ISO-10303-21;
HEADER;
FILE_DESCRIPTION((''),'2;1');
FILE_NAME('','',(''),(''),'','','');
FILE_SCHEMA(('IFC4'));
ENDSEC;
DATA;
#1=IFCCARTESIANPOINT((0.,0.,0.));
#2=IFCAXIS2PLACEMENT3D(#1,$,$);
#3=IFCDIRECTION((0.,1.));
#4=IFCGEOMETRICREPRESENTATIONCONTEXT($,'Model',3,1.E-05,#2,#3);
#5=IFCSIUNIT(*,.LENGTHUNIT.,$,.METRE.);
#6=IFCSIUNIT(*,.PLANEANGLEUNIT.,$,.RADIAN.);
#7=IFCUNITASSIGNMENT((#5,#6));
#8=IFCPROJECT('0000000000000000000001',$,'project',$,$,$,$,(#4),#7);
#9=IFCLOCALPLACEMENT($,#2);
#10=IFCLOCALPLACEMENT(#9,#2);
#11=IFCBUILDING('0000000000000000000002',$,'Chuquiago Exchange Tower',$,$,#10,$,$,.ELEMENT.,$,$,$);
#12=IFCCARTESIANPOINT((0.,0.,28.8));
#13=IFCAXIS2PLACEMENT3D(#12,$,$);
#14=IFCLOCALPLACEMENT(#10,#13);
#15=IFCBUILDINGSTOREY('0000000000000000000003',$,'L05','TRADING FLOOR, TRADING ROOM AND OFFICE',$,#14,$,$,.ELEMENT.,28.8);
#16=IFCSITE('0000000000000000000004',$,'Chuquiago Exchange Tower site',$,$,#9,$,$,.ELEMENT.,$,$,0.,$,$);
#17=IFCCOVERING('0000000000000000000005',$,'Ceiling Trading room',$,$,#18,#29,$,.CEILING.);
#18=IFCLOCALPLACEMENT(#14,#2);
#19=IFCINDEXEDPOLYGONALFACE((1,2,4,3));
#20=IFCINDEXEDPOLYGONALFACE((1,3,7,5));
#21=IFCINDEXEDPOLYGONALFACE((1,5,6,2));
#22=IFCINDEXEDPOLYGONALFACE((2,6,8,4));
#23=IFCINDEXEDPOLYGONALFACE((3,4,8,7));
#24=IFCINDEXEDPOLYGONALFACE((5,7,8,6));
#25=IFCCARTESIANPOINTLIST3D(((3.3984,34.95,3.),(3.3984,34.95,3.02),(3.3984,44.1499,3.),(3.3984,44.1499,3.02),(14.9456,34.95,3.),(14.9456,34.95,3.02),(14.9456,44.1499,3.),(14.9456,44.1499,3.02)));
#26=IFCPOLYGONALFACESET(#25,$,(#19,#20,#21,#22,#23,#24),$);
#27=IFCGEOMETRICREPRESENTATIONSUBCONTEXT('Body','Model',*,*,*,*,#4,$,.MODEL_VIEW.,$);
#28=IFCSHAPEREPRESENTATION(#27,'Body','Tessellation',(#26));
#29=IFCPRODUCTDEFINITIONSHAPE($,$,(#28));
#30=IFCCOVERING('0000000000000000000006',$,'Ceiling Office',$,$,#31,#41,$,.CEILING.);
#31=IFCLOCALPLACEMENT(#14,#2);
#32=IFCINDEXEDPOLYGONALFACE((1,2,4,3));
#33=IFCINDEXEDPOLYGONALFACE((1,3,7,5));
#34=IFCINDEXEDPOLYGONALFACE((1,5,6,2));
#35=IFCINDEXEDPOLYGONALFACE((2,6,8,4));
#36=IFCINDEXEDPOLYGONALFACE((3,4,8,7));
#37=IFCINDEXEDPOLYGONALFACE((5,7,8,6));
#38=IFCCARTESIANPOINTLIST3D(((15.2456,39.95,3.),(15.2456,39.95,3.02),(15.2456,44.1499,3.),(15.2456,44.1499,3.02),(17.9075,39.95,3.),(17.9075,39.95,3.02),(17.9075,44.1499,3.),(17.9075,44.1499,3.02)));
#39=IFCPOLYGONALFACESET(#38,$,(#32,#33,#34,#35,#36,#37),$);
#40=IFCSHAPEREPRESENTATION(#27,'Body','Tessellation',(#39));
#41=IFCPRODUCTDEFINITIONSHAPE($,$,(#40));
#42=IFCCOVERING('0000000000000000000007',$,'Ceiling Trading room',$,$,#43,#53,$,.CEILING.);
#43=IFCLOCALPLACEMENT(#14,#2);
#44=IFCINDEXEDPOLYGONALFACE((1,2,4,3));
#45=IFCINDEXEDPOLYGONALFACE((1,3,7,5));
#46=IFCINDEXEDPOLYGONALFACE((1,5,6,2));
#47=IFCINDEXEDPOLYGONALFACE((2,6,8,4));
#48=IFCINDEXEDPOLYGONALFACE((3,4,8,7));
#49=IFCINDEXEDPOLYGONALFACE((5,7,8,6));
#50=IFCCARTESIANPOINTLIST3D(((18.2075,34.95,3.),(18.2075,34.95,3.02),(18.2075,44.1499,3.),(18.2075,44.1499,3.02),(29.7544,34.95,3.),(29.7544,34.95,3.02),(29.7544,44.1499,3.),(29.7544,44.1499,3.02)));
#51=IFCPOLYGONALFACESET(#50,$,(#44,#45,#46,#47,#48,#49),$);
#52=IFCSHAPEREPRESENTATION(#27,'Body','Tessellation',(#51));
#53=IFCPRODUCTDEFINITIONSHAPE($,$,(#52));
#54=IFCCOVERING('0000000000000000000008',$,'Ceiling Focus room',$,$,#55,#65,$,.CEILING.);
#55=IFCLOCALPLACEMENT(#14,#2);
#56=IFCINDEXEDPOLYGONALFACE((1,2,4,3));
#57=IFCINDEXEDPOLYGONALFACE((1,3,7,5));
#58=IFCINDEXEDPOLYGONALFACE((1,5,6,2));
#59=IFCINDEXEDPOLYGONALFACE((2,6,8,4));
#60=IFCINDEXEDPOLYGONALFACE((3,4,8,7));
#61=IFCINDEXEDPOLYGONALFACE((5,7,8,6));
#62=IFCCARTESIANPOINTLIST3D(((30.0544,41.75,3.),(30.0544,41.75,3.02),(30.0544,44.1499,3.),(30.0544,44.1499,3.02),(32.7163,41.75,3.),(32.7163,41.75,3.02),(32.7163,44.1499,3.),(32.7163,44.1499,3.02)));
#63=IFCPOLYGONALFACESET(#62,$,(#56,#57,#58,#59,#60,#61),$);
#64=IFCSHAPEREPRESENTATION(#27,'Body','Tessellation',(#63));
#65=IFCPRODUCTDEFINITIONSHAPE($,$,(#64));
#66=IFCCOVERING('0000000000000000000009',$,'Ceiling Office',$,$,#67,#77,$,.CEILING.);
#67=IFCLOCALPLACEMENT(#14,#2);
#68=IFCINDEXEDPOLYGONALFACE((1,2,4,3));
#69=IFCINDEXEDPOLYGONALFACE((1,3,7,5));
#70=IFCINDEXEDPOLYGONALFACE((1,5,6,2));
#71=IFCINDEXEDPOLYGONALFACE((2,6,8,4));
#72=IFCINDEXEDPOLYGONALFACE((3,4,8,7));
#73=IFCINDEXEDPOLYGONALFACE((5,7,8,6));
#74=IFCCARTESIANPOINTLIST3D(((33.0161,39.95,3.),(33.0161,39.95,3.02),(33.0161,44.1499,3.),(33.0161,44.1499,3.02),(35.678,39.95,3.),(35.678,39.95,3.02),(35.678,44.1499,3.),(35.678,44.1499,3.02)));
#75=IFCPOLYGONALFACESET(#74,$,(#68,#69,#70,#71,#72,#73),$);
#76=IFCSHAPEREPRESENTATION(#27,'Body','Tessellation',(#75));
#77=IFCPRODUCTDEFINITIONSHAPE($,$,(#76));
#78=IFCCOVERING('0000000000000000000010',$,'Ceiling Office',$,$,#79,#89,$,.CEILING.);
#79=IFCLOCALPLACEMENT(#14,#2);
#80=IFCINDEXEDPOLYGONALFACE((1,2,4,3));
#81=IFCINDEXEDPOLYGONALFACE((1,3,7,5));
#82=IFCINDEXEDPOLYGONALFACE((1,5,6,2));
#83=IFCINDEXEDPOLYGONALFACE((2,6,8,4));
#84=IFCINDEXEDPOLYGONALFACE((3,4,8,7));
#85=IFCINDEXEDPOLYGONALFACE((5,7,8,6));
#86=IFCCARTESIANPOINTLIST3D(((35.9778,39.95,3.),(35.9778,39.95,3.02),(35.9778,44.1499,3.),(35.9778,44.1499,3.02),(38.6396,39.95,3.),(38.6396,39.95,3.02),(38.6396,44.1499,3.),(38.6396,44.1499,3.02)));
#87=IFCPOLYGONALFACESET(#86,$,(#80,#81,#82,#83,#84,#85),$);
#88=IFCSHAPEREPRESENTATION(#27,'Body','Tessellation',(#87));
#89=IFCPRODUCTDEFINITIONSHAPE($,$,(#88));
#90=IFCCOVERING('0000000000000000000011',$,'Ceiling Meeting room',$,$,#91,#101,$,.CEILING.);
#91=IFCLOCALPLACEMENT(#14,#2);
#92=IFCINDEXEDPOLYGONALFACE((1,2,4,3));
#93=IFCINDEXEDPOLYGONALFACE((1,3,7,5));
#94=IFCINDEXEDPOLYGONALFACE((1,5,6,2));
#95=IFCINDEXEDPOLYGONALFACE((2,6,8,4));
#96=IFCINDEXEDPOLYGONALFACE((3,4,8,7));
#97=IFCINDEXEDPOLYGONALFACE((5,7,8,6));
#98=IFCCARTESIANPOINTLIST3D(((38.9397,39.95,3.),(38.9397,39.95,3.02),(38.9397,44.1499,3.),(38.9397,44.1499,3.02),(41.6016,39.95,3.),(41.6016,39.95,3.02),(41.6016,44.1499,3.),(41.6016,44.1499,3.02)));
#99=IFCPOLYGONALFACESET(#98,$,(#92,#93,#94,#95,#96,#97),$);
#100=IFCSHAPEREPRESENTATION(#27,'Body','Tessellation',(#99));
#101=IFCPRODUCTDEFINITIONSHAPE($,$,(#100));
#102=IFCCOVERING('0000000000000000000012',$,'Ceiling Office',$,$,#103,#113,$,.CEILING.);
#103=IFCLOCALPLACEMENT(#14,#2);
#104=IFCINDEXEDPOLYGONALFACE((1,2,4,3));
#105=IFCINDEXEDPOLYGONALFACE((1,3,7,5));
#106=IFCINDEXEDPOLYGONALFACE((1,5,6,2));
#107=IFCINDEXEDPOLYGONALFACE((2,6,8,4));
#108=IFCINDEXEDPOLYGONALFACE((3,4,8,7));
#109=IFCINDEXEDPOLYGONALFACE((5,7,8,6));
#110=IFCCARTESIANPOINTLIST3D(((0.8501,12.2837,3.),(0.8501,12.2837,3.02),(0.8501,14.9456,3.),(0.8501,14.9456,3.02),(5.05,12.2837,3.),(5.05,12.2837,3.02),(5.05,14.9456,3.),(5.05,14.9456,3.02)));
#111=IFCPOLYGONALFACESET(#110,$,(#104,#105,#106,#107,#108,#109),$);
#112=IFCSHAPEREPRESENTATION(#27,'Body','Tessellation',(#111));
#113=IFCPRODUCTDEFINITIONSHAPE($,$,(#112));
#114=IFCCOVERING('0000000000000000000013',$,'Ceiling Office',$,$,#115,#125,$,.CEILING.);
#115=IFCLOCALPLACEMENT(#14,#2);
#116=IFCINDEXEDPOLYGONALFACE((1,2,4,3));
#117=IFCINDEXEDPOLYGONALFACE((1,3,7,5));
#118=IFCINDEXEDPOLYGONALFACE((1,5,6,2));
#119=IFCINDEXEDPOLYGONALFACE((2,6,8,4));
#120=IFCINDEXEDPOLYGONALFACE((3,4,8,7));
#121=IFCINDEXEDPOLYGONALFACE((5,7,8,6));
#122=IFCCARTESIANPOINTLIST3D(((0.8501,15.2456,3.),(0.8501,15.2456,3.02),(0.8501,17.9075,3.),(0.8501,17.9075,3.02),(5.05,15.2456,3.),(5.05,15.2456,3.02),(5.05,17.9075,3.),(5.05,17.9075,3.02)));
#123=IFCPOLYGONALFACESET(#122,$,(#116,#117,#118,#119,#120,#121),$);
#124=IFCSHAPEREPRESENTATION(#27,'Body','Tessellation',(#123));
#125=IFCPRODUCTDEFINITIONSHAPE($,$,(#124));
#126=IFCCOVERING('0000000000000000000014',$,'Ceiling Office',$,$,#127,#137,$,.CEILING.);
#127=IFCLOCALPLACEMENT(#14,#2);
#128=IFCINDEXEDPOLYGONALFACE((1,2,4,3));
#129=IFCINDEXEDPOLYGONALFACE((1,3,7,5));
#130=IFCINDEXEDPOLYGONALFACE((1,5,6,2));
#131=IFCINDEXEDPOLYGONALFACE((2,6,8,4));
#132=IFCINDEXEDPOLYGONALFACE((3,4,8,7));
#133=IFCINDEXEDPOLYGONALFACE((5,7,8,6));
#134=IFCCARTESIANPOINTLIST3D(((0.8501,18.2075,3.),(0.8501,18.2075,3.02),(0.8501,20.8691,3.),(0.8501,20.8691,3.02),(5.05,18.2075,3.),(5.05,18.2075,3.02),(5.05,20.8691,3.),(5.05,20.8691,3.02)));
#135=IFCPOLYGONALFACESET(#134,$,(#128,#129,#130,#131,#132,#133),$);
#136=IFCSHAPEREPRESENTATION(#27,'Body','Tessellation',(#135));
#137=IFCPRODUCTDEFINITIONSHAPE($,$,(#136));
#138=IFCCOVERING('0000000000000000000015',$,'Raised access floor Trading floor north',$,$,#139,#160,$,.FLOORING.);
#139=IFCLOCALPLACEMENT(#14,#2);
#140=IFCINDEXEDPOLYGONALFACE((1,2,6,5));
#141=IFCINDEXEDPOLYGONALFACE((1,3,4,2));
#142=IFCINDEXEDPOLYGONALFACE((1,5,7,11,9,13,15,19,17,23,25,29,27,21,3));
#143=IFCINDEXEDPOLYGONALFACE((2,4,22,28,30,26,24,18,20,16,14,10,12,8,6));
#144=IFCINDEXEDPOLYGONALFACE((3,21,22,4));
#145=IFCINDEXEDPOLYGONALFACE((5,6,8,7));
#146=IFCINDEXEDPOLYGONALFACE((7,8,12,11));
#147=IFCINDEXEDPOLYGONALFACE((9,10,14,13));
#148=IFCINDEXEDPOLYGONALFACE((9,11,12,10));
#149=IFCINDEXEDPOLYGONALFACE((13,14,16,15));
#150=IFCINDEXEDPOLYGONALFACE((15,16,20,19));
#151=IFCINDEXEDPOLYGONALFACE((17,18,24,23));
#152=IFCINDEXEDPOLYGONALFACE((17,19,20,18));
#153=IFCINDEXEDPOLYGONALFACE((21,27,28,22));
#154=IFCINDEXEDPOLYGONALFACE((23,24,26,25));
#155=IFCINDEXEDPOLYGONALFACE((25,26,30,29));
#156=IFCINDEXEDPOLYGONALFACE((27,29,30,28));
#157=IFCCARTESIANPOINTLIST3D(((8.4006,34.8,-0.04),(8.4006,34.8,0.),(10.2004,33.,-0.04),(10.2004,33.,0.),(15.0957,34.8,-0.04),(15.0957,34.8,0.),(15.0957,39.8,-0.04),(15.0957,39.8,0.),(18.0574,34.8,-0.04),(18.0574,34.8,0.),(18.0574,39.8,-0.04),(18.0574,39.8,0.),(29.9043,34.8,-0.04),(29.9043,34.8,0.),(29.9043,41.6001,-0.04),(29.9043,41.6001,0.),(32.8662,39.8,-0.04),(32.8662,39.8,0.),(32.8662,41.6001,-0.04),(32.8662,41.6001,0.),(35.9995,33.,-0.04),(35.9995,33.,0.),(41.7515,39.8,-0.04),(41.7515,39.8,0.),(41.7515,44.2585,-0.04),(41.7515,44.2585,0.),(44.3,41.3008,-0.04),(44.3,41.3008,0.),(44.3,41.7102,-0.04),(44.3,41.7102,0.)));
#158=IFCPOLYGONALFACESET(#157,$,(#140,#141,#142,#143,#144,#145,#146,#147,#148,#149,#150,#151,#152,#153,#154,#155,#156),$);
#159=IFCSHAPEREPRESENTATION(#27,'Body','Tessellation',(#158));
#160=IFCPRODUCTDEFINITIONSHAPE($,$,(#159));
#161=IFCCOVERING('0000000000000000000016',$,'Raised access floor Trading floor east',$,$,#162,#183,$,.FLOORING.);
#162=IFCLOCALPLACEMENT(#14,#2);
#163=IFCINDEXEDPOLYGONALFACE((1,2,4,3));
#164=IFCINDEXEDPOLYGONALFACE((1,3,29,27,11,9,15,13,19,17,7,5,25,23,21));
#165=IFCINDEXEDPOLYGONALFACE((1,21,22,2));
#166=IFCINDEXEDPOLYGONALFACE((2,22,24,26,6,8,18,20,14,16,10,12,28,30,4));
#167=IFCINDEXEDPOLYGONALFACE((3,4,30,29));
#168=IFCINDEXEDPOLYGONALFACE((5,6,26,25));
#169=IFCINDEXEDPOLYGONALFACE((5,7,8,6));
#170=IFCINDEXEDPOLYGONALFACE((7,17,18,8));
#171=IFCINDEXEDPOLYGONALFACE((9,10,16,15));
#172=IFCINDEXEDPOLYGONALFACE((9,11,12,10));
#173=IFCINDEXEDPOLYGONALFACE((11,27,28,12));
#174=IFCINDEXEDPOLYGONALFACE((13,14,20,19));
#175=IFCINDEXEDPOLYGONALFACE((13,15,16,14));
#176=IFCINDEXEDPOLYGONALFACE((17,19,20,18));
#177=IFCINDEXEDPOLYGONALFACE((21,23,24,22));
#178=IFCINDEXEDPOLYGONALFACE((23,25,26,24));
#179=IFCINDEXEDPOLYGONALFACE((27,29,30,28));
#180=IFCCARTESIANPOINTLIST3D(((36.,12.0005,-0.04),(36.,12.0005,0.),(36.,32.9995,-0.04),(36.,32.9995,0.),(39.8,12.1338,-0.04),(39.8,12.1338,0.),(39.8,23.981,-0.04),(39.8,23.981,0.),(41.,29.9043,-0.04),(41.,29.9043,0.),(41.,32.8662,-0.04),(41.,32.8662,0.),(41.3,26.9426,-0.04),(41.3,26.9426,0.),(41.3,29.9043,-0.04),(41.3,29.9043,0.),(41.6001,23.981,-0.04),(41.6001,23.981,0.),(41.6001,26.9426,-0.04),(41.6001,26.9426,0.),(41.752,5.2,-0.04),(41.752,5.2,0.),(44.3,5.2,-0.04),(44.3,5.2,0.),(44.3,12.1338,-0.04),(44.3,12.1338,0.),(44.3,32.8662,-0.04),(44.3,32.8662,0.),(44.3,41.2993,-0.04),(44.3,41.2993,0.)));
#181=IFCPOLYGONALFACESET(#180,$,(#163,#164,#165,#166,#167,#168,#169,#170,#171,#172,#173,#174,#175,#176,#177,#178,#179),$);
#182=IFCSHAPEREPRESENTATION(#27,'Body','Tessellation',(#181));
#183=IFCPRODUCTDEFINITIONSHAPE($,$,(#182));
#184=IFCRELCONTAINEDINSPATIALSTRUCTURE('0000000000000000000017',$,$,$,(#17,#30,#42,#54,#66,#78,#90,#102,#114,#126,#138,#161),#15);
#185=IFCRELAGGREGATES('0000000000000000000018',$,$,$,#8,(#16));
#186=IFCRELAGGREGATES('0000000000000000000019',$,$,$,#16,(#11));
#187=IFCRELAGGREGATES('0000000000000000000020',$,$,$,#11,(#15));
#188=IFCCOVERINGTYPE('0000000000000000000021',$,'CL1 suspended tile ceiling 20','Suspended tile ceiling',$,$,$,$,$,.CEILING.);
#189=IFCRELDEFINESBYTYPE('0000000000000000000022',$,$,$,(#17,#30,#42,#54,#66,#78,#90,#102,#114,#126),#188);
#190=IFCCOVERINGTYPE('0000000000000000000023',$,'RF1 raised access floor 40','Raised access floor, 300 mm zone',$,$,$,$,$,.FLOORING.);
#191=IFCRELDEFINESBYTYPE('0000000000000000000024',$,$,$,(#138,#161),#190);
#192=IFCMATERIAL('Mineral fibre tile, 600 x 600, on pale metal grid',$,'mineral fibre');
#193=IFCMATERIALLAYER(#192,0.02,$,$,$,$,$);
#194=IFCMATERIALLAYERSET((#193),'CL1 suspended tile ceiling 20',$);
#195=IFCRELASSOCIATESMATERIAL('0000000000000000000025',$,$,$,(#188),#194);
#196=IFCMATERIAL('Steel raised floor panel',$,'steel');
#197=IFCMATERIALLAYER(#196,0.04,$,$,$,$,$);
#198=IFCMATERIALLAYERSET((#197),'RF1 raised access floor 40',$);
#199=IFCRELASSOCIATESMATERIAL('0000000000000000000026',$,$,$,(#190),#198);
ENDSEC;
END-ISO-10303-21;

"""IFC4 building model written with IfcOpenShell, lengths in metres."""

from ifc_helpers import new_model, si_unit, direction, frame, origin, place, context, subcontext, project, spatial, polyline, outline, extrude, material, layer, layer_set, type_object, element, save


model = new_model("IFC4")

# Units and contexts
model_context = context("Model", 3, precision=1e-05, world=origin(), true_north=direction((0.0, 1.0)))
body_context = subcontext(model_context, "Body", "Model", "MODEL_VIEW")
ifc_project = project(units=[si_unit("LENGTHUNIT", "METRE"), si_unit("PLANEANGLEUNIT", "RADIAN")], contexts=[model_context])

# Site, building, storey
site_placement = place(None, origin())
site = spatial("IfcSite", under=ifc_project, at=site_placement, Name="Chuquiago Exchange Tower site", CompositionType="ELEMENT", RefElevation=0.0)
building_placement = place(site_placement, origin())
building = spatial("IfcBuilding", under=site, at=building_placement, Name="Chuquiago Exchange Tower", CompositionType="ELEMENT")
storey_placement = place(building_placement, frame((0.0, 0.0, 28.8)))
storey = spatial("IfcBuildingStorey", under=building, at=storey_placement, Name="L05", Description="TRADING FLOOR, TRADING ROOM AND OFFICE", CompositionType="ELEMENT", Elevation=28.8)

# Coverings
ifc_material_1 = material(Name="Mineral fibre tile, 600 x 600, on pale metal grid", Category="mineral fibre")
ifc_layer_1 = layer(ifc_material_1, 0.02)
ifc_layer_set_1 = layer_set([ifc_layer_1], Name="CL1 suspended tile ceiling 20")
covering_type_1 = type_object("IfcCoveringType", Name="CL1 suspended tile ceiling 20", Description="Suspended tile ceiling", PredefinedType="CEILING", material=ifc_layer_set_1)
covering_1_placement = place(storey_placement, frame((0.0, 0.0, 3.0)))
element("IfcCovering", 1, at=covering_1_placement, inside=storey, type_object=covering_type_1, Name="Ceiling Trading room", PredefinedType="CEILING", context=body_context, shape_type="SweptSolid", body=[
    extrude(outline(polyline([(14.9456, 44.1499), (14.9456, 34.95), (3.3984, 34.95), (3.3984, 44.1499), (14.9456, 44.1499)])), origin(), (0.0, 0.0, 1.0), 0.02),
])
covering_2_placement = place(storey_placement, frame((0.0, 0.0, 3.0)))
element("IfcCovering", 2, at=covering_2_placement, inside=storey, type_object=covering_type_1, Name="Ceiling Office", PredefinedType="CEILING", context=body_context, shape_type="SweptSolid", body=[
    extrude(outline(polyline([(17.9075, 39.95), (15.2456, 39.95), (15.2456, 44.1499), (17.9075, 44.1499), (17.9075, 39.95)])), origin(), (0.0, 0.0, 1.0), 0.02),
])
covering_3_placement = place(storey_placement, frame((0.0, 0.0, 3.0)))
element("IfcCovering", 3, at=covering_3_placement, inside=storey, type_object=covering_type_1, Name="Ceiling Trading room", PredefinedType="CEILING", context=body_context, shape_type="SweptSolid", body=[
    extrude(outline(polyline([(29.7544, 34.95), (18.2075, 34.95), (18.2075, 44.1499), (29.7544, 44.1499), (29.7544, 34.95)])), origin(), (0.0, 0.0, 1.0), 0.02),
])
covering_4_placement = place(storey_placement, frame((0.0, 0.0, 3.0)))
element("IfcCovering", 4, at=covering_4_placement, inside=storey, type_object=covering_type_1, Name="Ceiling Focus room", PredefinedType="CEILING", context=body_context, shape_type="SweptSolid", body=[
    extrude(outline(polyline([(32.7163, 41.75), (30.0544, 41.75), (30.0544, 44.1499), (32.7163, 44.1499), (32.7163, 41.75)])), origin(), (0.0, 0.0, 1.0), 0.02),
])
covering_5_placement = place(storey_placement, frame((0.0, 0.0, 3.0)))
element("IfcCovering", 5, at=covering_5_placement, inside=storey, type_object=covering_type_1, Name="Ceiling Office", PredefinedType="CEILING", context=body_context, shape_type="SweptSolid", body=[
    extrude(outline(polyline([(35.678, 39.95), (33.0161, 39.95), (33.0161, 44.1499), (35.678, 44.1499), (35.678, 39.95)])), origin(), (0.0, 0.0, 1.0), 0.02),
])
covering_6_placement = place(storey_placement, frame((0.0, 0.0, 3.0)))
element("IfcCovering", 6, at=covering_6_placement, inside=storey, type_object=covering_type_1, Name="Ceiling Office", PredefinedType="CEILING", context=body_context, shape_type="SweptSolid", body=[
    extrude(outline(polyline([(38.6396, 39.95), (35.9778, 39.95), (35.9778, 44.1499), (38.6396, 44.1499), (38.6396, 39.95)])), origin(), (0.0, 0.0, 1.0), 0.02),
])
covering_7_placement = place(storey_placement, frame((0.0, 0.0, 3.0)))
element("IfcCovering", 7, at=covering_7_placement, inside=storey, type_object=covering_type_1, Name="Ceiling Meeting room", PredefinedType="CEILING", context=body_context, shape_type="SweptSolid", body=[
    extrude(outline(polyline([(41.6016, 39.95), (38.9397, 39.95), (38.9397, 44.1499), (41.6016, 44.1499), (41.6016, 39.95)])), origin(), (0.0, 0.0, 1.0), 0.02),
])
covering_8_placement = place(storey_placement, frame((0.0, 0.0, 3.0)))
element("IfcCovering", 8, at=covering_8_placement, inside=storey, type_object=covering_type_1, Name="Ceiling Office", PredefinedType="CEILING", context=body_context, shape_type="SweptSolid", body=[
    extrude(outline(polyline([(5.05, 14.9456), (5.05, 12.2837), (0.8501, 12.2837), (0.8501, 14.9456), (5.05, 14.9456)])), origin(), (0.0, 0.0, 1.0), 0.02),
])
covering_9_placement = place(storey_placement, frame((0.0, 0.0, 3.0)))
element("IfcCovering", 9, at=covering_9_placement, inside=storey, type_object=covering_type_1, Name="Ceiling Office", PredefinedType="CEILING", context=body_context, shape_type="SweptSolid", body=[
    extrude(outline(polyline([(5.05, 17.9075), (5.05, 15.2456), (0.8501, 15.2456), (0.8501, 17.9075), (5.05, 17.9075)])), origin(), (0.0, 0.0, 1.0), 0.02),
])
covering_10_placement = place(storey_placement, frame((0.0, 0.0, 3.0)))
element("IfcCovering", 10, at=covering_10_placement, inside=storey, type_object=covering_type_1, Name="Ceiling Office", PredefinedType="CEILING", context=body_context, shape_type="SweptSolid", body=[
    extrude(outline(polyline([(5.05, 20.8691), (5.05, 18.2075), (0.8501, 18.2075), (0.8501, 20.8691), (5.05, 20.8691)])), origin(), (0.0, 0.0, 1.0), 0.02),
])
ifc_material_2 = material(Name="Steel raised floor panel", Category="steel")
ifc_layer_2 = layer(ifc_material_2, 0.04)
ifc_layer_set_2 = layer_set([ifc_layer_2], Name="RF1 raised access floor 40")
covering_type_2 = type_object("IfcCoveringType", Name="RF1 raised access floor 40", Description="Raised access floor, 300 mm zone", PredefinedType="FLOORING", material=ifc_layer_set_2)
covering_11_placement = place(storey_placement, frame((0.0, 0.0, -0.04)))
element("IfcCovering", 11, at=covering_11_placement, inside=storey, type_object=covering_type_2, Name="Raised access floor Trading floor north", PredefinedType="FLOORING", context=body_context, shape_type="SweptSolid", body=[
    extrude(outline(polyline([(15.0957, 34.8), (15.0957, 39.8), (18.0574, 39.8), (18.0574, 34.8), (29.9043, 34.8), (29.9043, 41.6001), (32.8662, 41.6001), (32.8662, 39.8), (41.7515, 39.8), (41.7515, 44.2585), (44.3, 41.7102), (44.3, 41.3008), (35.9995, 33.0), (10.2004, 33.0), (8.4006, 34.8), (15.0957, 34.8)])), origin(), (0.0, 0.0, 1.0), 0.04),
])
covering_12_placement = place(storey_placement, frame((0.0, 0.0, -0.04)))
element("IfcCovering", 12, at=covering_12_placement, inside=storey, type_object=covering_type_2, Name="Raised access floor Trading floor east", PredefinedType="FLOORING", context=body_context, shape_type="SweptSolid", body=[
    extrude(outline(polyline([(44.3, 32.8662), (41.0, 32.8662), (41.0, 29.9043), (41.3, 29.9043), (41.3, 26.9426), (41.6001, 26.9426), (41.6001, 23.981), (39.8, 23.981), (39.8, 12.1338), (44.3, 12.1338), (44.3, 5.2), (41.752, 5.2), (36.0, 12.0005), (36.0, 32.9995), (44.3, 41.2993), (44.3, 32.8662)])), origin(), (0.0, 0.0, 1.0), 0.04),
])

save(model, "model.ifc")
